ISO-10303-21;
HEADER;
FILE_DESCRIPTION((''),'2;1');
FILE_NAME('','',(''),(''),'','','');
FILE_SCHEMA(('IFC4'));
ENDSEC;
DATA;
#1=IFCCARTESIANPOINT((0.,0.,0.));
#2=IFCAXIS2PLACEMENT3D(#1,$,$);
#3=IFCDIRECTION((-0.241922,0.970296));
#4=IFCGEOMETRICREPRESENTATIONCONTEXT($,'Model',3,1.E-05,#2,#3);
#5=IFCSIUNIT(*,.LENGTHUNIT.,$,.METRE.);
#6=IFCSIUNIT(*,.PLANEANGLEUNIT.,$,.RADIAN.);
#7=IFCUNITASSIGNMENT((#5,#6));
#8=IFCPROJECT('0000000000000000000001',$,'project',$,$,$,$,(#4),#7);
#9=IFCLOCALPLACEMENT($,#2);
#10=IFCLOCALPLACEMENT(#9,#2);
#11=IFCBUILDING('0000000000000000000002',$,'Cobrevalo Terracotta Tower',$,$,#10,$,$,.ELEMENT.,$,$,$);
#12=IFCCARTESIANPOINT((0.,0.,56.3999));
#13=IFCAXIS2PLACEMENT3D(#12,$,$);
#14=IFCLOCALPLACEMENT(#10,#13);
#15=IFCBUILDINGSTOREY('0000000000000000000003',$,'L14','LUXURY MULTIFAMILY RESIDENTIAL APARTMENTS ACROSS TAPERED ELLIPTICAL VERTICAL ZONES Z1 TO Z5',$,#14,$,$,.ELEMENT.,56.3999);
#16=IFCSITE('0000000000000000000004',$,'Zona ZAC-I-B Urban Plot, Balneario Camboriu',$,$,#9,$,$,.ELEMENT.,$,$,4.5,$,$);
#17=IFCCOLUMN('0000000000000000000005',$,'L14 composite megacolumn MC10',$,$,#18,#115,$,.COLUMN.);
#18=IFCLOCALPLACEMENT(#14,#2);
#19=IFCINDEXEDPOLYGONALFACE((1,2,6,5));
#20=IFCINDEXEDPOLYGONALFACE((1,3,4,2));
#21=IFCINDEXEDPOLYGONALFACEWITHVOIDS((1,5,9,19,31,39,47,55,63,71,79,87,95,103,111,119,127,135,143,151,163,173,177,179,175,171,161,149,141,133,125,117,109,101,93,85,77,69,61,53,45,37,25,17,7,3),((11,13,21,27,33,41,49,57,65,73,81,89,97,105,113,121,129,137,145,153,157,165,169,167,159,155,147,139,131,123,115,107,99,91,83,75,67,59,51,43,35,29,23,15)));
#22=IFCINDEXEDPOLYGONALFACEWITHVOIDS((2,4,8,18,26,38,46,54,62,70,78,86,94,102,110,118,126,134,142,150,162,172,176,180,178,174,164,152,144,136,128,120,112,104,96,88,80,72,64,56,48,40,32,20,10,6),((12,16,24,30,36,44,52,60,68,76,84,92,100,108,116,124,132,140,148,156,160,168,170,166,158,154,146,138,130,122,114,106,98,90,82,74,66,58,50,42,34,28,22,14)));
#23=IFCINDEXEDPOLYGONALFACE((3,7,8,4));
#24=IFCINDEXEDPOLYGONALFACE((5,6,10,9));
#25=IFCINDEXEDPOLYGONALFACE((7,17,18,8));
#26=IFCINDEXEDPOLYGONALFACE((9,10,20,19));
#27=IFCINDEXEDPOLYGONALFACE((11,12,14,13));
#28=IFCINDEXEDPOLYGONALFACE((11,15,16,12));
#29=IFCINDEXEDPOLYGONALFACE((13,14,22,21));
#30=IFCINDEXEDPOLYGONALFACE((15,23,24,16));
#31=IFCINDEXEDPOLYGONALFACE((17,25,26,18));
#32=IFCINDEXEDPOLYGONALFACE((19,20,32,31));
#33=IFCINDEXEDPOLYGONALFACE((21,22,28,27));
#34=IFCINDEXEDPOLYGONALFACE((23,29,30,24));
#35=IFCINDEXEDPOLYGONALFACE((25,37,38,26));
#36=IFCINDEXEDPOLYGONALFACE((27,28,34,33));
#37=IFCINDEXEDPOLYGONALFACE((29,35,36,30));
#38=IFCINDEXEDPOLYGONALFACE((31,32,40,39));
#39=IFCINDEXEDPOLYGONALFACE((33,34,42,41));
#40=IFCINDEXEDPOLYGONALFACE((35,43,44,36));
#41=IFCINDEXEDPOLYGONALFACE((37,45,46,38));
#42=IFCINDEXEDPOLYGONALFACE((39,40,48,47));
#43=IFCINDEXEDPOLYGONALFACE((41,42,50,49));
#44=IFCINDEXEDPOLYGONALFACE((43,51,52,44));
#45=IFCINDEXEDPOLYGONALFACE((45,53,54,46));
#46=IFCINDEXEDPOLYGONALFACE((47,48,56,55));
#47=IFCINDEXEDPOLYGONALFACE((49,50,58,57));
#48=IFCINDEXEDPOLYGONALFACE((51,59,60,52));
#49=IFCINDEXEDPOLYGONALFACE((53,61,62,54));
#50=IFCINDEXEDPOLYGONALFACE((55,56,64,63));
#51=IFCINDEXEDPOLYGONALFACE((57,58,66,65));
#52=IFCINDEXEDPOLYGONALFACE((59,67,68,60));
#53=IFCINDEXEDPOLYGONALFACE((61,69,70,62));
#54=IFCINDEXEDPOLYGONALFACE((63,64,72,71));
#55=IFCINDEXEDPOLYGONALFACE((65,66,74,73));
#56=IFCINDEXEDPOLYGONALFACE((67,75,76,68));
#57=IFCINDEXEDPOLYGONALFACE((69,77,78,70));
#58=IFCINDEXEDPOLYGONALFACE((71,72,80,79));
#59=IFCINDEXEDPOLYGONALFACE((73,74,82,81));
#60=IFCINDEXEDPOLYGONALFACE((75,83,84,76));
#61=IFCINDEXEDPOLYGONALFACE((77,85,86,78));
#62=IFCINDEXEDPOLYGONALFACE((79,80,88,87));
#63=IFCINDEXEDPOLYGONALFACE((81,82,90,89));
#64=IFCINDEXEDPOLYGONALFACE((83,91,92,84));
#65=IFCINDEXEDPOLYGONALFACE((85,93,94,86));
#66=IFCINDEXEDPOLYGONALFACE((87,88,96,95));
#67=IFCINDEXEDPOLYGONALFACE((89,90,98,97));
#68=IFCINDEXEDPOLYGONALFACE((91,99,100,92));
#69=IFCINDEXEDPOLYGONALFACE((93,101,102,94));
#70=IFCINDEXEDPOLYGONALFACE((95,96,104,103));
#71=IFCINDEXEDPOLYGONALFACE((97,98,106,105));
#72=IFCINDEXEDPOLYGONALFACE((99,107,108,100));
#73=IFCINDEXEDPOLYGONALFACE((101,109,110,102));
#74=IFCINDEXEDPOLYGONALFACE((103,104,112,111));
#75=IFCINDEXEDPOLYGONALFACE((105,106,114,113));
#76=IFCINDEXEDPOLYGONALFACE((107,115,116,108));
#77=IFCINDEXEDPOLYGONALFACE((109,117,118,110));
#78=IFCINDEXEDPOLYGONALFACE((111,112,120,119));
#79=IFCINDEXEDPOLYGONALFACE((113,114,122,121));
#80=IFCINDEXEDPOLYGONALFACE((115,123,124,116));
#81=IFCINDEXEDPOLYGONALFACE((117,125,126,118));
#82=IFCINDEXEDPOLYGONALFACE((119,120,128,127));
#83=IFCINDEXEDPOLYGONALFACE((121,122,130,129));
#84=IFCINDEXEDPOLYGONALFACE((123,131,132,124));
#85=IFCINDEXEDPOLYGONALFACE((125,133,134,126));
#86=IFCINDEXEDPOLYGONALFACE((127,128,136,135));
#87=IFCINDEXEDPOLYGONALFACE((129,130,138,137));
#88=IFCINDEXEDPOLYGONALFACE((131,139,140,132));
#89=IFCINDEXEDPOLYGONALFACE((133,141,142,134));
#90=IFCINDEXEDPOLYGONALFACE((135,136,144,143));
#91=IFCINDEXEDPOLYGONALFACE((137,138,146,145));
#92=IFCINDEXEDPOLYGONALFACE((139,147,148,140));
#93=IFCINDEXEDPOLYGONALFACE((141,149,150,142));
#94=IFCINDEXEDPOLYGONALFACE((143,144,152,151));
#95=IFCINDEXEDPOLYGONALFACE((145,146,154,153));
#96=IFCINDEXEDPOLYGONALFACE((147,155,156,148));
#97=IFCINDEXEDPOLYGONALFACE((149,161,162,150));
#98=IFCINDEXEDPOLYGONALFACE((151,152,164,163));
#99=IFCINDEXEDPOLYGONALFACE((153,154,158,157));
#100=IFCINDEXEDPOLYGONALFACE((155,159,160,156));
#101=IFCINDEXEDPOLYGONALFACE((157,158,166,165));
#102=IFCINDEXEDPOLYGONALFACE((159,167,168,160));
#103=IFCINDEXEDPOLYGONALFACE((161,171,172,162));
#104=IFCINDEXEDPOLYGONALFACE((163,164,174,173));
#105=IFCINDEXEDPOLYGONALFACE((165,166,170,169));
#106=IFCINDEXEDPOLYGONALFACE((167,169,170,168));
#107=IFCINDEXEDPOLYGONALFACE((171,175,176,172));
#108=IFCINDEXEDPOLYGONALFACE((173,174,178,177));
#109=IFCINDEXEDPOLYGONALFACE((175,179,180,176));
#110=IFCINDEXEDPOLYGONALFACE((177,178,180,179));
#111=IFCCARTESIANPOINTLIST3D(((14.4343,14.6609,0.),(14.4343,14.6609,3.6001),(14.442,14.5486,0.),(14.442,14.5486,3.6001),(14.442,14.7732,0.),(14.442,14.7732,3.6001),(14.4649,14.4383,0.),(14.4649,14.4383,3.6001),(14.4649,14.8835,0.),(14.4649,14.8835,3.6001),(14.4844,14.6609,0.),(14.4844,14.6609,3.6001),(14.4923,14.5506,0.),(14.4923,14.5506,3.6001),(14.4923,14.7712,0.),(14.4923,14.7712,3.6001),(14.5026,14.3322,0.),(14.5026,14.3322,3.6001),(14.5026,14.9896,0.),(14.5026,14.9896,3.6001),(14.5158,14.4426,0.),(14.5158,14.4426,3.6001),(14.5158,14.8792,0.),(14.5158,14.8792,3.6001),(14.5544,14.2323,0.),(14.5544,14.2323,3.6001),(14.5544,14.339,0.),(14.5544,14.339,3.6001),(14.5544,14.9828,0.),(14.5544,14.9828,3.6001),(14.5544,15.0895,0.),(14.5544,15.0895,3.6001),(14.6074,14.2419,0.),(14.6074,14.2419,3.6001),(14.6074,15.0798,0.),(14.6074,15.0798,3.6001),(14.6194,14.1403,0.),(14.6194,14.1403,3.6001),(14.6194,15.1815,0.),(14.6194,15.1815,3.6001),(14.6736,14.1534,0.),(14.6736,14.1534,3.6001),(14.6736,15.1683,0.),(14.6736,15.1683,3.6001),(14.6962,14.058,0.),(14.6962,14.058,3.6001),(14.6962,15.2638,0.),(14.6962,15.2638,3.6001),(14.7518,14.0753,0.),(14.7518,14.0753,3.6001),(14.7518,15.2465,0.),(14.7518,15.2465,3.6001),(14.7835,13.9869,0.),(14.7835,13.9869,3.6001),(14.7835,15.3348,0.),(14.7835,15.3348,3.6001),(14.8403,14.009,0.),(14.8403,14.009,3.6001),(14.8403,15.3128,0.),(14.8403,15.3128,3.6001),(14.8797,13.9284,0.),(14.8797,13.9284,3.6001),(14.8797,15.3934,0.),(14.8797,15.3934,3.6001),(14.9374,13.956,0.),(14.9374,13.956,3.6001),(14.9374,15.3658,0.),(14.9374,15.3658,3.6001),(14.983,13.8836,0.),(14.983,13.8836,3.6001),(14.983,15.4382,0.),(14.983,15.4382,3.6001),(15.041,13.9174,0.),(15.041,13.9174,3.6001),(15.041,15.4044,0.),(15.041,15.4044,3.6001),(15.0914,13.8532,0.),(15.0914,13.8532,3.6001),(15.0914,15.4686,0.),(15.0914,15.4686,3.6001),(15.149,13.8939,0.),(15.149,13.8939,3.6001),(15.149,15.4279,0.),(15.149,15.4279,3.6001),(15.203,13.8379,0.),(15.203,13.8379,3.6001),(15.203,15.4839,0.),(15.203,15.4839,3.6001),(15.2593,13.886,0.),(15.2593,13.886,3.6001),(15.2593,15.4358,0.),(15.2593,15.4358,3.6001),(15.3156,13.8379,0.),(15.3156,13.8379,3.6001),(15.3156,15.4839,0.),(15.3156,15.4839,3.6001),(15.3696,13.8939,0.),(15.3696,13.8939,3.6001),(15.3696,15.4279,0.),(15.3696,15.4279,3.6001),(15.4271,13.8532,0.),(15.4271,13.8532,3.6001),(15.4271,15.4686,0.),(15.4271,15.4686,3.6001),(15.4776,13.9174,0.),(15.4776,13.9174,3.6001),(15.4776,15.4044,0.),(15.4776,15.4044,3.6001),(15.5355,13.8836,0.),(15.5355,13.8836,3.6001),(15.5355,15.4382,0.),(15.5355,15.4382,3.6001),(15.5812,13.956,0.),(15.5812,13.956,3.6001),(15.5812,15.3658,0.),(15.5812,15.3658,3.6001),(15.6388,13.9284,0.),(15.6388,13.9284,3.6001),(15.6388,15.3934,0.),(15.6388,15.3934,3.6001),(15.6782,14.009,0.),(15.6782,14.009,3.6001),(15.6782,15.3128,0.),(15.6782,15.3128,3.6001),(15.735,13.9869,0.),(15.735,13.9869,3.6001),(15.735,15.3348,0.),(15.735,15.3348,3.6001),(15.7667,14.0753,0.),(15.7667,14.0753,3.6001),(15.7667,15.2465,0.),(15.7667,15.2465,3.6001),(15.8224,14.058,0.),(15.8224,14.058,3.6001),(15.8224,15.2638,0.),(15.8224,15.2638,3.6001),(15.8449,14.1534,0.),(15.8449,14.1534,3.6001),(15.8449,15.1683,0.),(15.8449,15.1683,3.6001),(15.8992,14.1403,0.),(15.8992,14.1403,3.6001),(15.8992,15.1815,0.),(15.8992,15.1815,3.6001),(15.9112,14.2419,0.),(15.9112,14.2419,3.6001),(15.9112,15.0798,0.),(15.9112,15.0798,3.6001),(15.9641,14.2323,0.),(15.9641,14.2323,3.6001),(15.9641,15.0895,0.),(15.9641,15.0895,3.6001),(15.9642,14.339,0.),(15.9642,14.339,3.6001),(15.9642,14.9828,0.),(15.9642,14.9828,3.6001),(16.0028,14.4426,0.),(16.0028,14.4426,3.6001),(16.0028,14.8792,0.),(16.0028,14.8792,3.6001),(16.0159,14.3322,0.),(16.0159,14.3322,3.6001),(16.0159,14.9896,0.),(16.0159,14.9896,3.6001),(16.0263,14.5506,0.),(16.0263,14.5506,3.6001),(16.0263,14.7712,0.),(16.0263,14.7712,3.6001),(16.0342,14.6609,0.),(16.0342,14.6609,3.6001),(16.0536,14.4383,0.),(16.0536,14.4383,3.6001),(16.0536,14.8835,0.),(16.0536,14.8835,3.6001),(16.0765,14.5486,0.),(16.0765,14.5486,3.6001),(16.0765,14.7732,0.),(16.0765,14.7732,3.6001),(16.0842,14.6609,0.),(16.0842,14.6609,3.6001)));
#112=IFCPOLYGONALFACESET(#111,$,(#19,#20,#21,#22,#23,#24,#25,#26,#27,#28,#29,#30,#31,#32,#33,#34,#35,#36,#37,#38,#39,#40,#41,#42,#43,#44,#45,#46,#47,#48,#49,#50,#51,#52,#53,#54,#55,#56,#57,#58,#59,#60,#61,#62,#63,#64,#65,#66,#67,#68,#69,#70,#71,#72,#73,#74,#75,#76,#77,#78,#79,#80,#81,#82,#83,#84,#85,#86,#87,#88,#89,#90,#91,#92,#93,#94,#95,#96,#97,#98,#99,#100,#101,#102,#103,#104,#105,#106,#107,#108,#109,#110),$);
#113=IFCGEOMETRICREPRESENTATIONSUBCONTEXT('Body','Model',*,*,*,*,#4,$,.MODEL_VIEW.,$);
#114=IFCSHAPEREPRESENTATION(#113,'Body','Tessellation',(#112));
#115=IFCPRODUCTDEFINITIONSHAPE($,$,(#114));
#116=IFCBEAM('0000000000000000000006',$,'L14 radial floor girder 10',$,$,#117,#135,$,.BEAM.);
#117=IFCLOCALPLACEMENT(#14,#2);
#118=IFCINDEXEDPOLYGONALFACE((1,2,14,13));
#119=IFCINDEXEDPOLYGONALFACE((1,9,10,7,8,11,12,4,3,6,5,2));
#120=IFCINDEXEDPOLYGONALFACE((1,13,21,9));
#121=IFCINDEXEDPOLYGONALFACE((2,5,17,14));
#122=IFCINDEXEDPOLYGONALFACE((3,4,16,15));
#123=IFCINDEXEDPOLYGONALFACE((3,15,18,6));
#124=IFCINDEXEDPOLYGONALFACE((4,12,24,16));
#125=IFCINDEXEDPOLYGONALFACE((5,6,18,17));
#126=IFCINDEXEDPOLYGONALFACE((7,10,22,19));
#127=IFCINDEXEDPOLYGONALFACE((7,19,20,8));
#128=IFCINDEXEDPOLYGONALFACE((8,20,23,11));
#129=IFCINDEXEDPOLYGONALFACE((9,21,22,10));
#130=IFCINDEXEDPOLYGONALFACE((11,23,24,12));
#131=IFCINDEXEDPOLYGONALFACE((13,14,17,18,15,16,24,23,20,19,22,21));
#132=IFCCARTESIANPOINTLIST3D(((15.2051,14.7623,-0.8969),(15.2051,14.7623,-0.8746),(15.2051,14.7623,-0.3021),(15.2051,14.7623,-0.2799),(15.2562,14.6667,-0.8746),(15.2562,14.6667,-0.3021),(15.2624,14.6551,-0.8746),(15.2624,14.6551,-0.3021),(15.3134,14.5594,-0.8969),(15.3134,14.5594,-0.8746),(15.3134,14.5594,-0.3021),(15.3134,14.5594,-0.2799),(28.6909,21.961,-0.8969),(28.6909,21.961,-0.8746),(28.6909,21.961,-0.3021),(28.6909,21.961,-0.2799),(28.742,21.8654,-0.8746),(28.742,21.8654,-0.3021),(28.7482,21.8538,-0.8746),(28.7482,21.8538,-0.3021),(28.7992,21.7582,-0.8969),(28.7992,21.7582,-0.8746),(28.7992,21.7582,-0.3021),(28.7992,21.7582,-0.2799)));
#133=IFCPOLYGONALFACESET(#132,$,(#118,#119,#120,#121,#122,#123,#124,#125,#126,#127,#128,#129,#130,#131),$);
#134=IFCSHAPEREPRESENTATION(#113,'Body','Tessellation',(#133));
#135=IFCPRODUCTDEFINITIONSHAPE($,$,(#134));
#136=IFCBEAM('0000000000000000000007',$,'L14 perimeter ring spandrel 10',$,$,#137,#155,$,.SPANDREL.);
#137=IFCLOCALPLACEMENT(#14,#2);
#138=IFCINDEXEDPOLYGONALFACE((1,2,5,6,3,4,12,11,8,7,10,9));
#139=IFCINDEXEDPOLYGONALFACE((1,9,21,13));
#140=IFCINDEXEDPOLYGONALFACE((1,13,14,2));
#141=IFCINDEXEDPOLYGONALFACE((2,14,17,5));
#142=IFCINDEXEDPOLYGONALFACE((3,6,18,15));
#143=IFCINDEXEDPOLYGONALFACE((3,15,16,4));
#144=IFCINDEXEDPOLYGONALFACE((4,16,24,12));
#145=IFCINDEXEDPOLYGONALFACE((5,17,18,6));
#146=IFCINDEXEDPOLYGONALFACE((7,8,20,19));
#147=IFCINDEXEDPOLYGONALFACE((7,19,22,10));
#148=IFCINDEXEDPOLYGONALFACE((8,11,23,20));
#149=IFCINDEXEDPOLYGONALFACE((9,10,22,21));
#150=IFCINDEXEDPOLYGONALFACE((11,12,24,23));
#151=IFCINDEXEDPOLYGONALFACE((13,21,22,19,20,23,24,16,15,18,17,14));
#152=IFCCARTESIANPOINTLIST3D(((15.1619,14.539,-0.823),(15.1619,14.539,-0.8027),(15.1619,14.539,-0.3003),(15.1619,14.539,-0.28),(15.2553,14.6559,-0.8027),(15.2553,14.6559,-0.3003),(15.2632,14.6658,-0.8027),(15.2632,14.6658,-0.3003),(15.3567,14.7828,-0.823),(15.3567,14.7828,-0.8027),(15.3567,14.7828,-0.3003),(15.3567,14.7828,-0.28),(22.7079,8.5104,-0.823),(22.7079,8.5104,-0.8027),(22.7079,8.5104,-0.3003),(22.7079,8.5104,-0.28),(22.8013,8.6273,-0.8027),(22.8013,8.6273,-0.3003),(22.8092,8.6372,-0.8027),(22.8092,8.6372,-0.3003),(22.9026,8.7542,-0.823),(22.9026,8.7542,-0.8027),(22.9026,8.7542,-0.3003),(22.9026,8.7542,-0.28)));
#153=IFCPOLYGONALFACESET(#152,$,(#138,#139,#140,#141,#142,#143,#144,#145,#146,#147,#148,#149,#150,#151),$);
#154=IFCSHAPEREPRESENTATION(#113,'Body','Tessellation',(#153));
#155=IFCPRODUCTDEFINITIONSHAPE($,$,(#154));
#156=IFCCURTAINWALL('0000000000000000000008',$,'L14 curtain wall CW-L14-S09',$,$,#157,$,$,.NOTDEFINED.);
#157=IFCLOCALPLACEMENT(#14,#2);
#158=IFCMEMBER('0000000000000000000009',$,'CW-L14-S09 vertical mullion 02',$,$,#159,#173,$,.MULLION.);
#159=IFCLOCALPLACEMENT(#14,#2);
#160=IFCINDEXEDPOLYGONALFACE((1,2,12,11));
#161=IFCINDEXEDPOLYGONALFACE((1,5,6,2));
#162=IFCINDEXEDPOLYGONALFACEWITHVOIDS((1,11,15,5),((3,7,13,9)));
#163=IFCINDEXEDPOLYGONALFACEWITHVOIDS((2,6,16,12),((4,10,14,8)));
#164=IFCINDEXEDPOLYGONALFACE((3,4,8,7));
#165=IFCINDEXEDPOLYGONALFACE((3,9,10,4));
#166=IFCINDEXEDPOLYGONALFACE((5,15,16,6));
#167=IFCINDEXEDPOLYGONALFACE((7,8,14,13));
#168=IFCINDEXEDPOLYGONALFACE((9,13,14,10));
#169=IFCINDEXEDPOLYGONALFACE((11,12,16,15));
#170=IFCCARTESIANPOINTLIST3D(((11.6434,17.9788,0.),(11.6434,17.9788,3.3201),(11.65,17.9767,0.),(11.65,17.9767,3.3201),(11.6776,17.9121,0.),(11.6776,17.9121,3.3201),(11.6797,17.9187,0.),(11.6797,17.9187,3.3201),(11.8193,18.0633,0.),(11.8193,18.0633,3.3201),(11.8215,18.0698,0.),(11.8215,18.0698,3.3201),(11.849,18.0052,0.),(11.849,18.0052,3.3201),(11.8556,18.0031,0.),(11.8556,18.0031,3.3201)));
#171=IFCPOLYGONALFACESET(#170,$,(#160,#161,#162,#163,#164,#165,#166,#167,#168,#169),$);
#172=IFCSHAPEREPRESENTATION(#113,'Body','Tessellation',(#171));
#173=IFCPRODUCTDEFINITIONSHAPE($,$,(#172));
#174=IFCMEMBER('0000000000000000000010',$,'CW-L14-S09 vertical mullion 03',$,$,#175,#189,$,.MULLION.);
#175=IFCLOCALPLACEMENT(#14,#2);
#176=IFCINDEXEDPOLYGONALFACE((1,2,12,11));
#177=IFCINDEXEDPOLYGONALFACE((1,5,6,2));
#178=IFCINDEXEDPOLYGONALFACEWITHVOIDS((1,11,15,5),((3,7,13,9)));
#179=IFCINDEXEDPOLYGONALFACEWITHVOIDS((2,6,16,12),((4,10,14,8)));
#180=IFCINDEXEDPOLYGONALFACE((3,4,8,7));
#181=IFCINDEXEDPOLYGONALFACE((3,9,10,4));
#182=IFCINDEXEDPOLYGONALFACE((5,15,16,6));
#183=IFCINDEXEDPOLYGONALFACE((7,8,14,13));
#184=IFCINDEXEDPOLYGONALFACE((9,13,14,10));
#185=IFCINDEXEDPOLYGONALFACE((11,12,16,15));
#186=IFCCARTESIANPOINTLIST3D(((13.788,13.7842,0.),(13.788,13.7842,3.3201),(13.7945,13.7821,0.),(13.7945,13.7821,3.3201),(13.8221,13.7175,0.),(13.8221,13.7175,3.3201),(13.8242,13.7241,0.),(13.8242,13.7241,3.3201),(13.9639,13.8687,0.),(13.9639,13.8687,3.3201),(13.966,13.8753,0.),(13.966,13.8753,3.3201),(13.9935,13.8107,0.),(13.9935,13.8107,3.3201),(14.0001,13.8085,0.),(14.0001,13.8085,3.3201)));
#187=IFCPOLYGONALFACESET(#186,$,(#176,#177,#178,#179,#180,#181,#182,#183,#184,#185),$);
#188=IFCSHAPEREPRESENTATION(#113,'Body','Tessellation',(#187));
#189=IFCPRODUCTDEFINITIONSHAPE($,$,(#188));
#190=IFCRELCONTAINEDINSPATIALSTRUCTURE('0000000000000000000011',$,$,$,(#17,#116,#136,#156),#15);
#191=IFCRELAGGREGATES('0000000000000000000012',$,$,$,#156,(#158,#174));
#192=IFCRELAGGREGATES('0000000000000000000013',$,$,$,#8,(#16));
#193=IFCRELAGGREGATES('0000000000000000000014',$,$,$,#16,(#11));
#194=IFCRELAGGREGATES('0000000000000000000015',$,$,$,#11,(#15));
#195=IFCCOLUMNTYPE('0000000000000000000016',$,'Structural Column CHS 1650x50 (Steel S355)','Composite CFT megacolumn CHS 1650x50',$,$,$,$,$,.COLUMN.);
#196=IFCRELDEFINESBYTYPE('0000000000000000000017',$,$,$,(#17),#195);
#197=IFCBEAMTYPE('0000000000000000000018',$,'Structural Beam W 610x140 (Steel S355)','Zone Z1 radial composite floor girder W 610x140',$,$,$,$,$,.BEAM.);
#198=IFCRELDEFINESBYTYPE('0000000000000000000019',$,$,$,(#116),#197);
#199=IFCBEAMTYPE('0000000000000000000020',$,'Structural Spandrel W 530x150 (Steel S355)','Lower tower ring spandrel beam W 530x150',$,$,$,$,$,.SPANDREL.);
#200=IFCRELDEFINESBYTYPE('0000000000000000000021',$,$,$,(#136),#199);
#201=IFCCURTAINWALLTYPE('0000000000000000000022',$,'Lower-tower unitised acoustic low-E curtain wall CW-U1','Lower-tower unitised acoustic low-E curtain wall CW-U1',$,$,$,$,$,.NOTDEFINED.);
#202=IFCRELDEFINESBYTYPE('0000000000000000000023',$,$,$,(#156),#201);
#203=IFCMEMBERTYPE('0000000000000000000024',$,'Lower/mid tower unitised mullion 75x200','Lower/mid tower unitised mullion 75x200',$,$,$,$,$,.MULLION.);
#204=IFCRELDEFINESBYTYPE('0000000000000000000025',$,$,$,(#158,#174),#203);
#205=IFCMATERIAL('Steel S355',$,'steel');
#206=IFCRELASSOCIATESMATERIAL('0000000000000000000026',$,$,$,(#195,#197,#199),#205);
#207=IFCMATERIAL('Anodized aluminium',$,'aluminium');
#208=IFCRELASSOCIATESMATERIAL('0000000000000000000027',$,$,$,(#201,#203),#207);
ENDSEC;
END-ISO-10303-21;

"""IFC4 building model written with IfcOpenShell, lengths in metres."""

from ifc_helpers import new_model, si_unit, direction, frame, origin, origin_2d, place, context, subcontext, project, spatial, hollow_rectangle, hollow_circle, i_section, extrude, source, transform, mapped, material, material_profile, profile_set, type_object, element, aggregate, save


model = new_model("IFC4")

# Units and contexts
model_context = context("Model", 3, precision=1e-05, world=origin(), true_north=direction((-0.241922, 0.970296)))
body_context = subcontext(model_context, "Body", "Model", "MODEL_VIEW")
ifc_project = project(units=[si_unit("LENGTHUNIT", "METRE"), si_unit("PLANEANGLEUNIT", "RADIAN")], contexts=[model_context])

# Site, building, storey
site_placement = place(None, origin())
site = spatial("IfcSite", under=ifc_project, at=site_placement, Name="Zona ZAC-I-B Urban Plot, Balneario Camboriu", CompositionType="ELEMENT", RefElevation=4.5)
building_placement = place(site_placement, origin())
building = spatial("IfcBuilding", under=site, at=building_placement, Name="Cobrevalo Terracotta Tower", CompositionType="ELEMENT")
storey_placement = place(building_placement, frame((0.0, 0.0, 56.3999)))
storey = spatial("IfcBuildingStorey", under=building, at=storey_placement, Name="L14", Description="LUXURY MULTIFAMILY RESIDENTIAL APARTMENTS ACROSS TAPERED ELLIPTICAL VERTICAL ZONES Z1 TO Z5", CompositionType="ELEMENT", Elevation=56.3999)

# Column
ifc_material_1 = material(Name="Steel S355", Category="steel")
ifc_material_profile_1 = material_profile(ifc_material_1, hollow_circle(Radius=0.825, WallThickness=0.05, at=origin_2d()), Name="CHS 1650x50")
ifc_profile_set_1 = profile_set([ifc_material_profile_1], Name="Steel S355")
column_type = type_object("IfcColumnType", Name="Structural Column CHS 1650x50 (Steel S355)", Description="Composite CFT megacolumn CHS 1650x50", PredefinedType="COLUMN", material=ifc_profile_set_1)
column_placement = place(storey_placement, frame((15.2593, 14.6609, 0.0), z_axis=(0.0, 0.0, 1.0), x_axis=(1.0, 0.0, 0.0)))
element("IfcColumn", 1, at=column_placement, inside=storey, type_object=column_type, Name="L14 composite megacolumn MC10", PredefinedType="COLUMN", context=body_context, shape_type="SweptSolid", body=[
    extrude(hollow_circle(Radius=0.825, WallThickness=0.05, at=origin_2d()), origin(), (0.0, 0.0, 1.0), 3.6001),
])

# Beams
ifc_material_profile_2 = material_profile(ifc_material_1, i_section(OverallWidth=0.23, OverallDepth=0.6169, WebThickness=0.0132, FlangeThickness=0.0222, at=origin_2d()), Name="W 610x140")
ifc_profile_set_2 = profile_set([ifc_material_profile_2], Name="Steel S355")
beam_type_1 = type_object("IfcBeamType", Name="Structural Beam W 610x140 (Steel S355)", Description="Zone Z1 radial composite floor girder W 610x140", PredefinedType="BEAM", material=ifc_profile_set_2)
beam_1_placement = place(storey_placement, frame((15.2593, 14.6609, -0.5884), z_axis=(0.882182, 0.470908, 0.0), x_axis=(-0.470908, 0.882182, 0.0)))
element("IfcBeam", 2, at=beam_1_placement, inside=storey, type_object=beam_type_1, Name="L14 radial floor girder 10", PredefinedType="BEAM", context=body_context, shape_type="SweptSolid", body=[
    extrude(i_section(OverallWidth=0.23, OverallDepth=0.6169, WebThickness=0.0132, FlangeThickness=0.0222, at=origin_2d()), origin(), (0.0, 0.0, 1.0), 15.2869),
])
ifc_material_profile_3 = material_profile(ifc_material_1, i_section(OverallWidth=0.312, OverallDepth=0.543, WebThickness=0.0127, FlangeThickness=0.0203, at=origin_2d()), Name="W 530x150")
ifc_profile_set_3 = profile_set([ifc_material_profile_3], Name="Steel S355")
beam_type_2 = type_object("IfcBeamType", Name="Structural Spandrel W 530x150 (Steel S355)", Description="Lower tower ring spandrel beam W 530x150", PredefinedType="SPANDREL", material=ifc_profile_set_3)
beam_2_placement = place(storey_placement, frame((15.2593, 14.6609, -0.5515), z_axis=(0.78128, -0.62418, 0.0), x_axis=(0.62418, 0.78128, 0.0)))
element("IfcBeam", 3, at=beam_2_placement, inside=storey, type_object=beam_type_2, Name="L14 perimeter ring spandrel 10", PredefinedType="SPANDREL", context=body_context, shape_type="SweptSolid", body=[
    extrude(i_section(OverallWidth=0.312, OverallDepth=0.543, WebThickness=0.0127, FlangeThickness=0.0203, at=origin_2d()), origin(), (0.0, 0.0, 1.0), 9.6584),
])

# Curtain wall, members
ifc_material_2 = material(Name="Anodized aluminium", Category="aluminium")
curtain_wall_type = type_object("IfcCurtainWallType", Name="Lower-tower unitised acoustic low-E curtain wall CW-U1", Description="Lower-tower unitised acoustic low-E curtain wall CW-U1", PredefinedType="NOTDEFINED", material=ifc_material_2)
curtain_wall_1_placement = place(storey_placement, origin())
curtain_wall_1 = element("IfcCurtainWall", 4, at=curtain_wall_1_placement, inside=storey, type_object=curtain_wall_type, Name="L14 curtain wall CW-L14-S09", PredefinedType="NOTDEFINED")
ifc_material_profile_4 = material_profile(ifc_material_2, hollow_rectangle(XDim=0.075, YDim=0.2, WallThickness=0.0049, at=origin_2d()), Name="CWM 75x200")
ifc_profile_set_4 = profile_set([ifc_material_profile_4], Name="Anodized aluminium")
member_type_1 = type_object("IfcMemberType", Name="Lower/mid tower unitised mullion 75x200", Description="Lower/mid tower unitised mullion 75x200", PredefinedType="MULLION", material=ifc_profile_set_4)
shared_shape_1 = source(origin(), body_context, "Body", "SweptSolid", [
    extrude(hollow_rectangle(XDim=0.075, YDim=0.2, WallThickness=0.0049, at=origin_2d()), origin(), (0.0, 0.0, 1.0), 3.3201),
])
member_1_placement = place(storey_placement, frame((11.7495, 17.991, 0.0), z_axis=(0.0, 0.0, 1.0), x_axis=(0.455234, -0.890372, 0.0)))
member_1 = element("IfcMember", 5, at=member_1_placement, type_object=member_type_1, Name="CW-L14-S09 vertical mullion 02", PredefinedType="MULLION", context=body_context, shape_type="MappedRepresentation", body=[
    mapped(shared_shape_1, transform((0.0, 0.0, 0.0), scale=1.0)),
])
member_2_placement = place(storey_placement, frame((13.894, 13.7964, 0.0), z_axis=(0.0, 0.0, 1.0), x_axis=(0.455234, -0.890372, 0.0)))
member_2 = element("IfcMember", 6, at=member_2_placement, type_object=member_type_1, Name="CW-L14-S09 vertical mullion 03", PredefinedType="MULLION", context=body_context, shape_type="MappedRepresentation", body=[
    mapped(shared_shape_1, transform((0.0, 0.0, 0.0), scale=1.0)),
])

aggregate(curtain_wall_1, [member_1, member_2])

save(model, "model.ifc")
